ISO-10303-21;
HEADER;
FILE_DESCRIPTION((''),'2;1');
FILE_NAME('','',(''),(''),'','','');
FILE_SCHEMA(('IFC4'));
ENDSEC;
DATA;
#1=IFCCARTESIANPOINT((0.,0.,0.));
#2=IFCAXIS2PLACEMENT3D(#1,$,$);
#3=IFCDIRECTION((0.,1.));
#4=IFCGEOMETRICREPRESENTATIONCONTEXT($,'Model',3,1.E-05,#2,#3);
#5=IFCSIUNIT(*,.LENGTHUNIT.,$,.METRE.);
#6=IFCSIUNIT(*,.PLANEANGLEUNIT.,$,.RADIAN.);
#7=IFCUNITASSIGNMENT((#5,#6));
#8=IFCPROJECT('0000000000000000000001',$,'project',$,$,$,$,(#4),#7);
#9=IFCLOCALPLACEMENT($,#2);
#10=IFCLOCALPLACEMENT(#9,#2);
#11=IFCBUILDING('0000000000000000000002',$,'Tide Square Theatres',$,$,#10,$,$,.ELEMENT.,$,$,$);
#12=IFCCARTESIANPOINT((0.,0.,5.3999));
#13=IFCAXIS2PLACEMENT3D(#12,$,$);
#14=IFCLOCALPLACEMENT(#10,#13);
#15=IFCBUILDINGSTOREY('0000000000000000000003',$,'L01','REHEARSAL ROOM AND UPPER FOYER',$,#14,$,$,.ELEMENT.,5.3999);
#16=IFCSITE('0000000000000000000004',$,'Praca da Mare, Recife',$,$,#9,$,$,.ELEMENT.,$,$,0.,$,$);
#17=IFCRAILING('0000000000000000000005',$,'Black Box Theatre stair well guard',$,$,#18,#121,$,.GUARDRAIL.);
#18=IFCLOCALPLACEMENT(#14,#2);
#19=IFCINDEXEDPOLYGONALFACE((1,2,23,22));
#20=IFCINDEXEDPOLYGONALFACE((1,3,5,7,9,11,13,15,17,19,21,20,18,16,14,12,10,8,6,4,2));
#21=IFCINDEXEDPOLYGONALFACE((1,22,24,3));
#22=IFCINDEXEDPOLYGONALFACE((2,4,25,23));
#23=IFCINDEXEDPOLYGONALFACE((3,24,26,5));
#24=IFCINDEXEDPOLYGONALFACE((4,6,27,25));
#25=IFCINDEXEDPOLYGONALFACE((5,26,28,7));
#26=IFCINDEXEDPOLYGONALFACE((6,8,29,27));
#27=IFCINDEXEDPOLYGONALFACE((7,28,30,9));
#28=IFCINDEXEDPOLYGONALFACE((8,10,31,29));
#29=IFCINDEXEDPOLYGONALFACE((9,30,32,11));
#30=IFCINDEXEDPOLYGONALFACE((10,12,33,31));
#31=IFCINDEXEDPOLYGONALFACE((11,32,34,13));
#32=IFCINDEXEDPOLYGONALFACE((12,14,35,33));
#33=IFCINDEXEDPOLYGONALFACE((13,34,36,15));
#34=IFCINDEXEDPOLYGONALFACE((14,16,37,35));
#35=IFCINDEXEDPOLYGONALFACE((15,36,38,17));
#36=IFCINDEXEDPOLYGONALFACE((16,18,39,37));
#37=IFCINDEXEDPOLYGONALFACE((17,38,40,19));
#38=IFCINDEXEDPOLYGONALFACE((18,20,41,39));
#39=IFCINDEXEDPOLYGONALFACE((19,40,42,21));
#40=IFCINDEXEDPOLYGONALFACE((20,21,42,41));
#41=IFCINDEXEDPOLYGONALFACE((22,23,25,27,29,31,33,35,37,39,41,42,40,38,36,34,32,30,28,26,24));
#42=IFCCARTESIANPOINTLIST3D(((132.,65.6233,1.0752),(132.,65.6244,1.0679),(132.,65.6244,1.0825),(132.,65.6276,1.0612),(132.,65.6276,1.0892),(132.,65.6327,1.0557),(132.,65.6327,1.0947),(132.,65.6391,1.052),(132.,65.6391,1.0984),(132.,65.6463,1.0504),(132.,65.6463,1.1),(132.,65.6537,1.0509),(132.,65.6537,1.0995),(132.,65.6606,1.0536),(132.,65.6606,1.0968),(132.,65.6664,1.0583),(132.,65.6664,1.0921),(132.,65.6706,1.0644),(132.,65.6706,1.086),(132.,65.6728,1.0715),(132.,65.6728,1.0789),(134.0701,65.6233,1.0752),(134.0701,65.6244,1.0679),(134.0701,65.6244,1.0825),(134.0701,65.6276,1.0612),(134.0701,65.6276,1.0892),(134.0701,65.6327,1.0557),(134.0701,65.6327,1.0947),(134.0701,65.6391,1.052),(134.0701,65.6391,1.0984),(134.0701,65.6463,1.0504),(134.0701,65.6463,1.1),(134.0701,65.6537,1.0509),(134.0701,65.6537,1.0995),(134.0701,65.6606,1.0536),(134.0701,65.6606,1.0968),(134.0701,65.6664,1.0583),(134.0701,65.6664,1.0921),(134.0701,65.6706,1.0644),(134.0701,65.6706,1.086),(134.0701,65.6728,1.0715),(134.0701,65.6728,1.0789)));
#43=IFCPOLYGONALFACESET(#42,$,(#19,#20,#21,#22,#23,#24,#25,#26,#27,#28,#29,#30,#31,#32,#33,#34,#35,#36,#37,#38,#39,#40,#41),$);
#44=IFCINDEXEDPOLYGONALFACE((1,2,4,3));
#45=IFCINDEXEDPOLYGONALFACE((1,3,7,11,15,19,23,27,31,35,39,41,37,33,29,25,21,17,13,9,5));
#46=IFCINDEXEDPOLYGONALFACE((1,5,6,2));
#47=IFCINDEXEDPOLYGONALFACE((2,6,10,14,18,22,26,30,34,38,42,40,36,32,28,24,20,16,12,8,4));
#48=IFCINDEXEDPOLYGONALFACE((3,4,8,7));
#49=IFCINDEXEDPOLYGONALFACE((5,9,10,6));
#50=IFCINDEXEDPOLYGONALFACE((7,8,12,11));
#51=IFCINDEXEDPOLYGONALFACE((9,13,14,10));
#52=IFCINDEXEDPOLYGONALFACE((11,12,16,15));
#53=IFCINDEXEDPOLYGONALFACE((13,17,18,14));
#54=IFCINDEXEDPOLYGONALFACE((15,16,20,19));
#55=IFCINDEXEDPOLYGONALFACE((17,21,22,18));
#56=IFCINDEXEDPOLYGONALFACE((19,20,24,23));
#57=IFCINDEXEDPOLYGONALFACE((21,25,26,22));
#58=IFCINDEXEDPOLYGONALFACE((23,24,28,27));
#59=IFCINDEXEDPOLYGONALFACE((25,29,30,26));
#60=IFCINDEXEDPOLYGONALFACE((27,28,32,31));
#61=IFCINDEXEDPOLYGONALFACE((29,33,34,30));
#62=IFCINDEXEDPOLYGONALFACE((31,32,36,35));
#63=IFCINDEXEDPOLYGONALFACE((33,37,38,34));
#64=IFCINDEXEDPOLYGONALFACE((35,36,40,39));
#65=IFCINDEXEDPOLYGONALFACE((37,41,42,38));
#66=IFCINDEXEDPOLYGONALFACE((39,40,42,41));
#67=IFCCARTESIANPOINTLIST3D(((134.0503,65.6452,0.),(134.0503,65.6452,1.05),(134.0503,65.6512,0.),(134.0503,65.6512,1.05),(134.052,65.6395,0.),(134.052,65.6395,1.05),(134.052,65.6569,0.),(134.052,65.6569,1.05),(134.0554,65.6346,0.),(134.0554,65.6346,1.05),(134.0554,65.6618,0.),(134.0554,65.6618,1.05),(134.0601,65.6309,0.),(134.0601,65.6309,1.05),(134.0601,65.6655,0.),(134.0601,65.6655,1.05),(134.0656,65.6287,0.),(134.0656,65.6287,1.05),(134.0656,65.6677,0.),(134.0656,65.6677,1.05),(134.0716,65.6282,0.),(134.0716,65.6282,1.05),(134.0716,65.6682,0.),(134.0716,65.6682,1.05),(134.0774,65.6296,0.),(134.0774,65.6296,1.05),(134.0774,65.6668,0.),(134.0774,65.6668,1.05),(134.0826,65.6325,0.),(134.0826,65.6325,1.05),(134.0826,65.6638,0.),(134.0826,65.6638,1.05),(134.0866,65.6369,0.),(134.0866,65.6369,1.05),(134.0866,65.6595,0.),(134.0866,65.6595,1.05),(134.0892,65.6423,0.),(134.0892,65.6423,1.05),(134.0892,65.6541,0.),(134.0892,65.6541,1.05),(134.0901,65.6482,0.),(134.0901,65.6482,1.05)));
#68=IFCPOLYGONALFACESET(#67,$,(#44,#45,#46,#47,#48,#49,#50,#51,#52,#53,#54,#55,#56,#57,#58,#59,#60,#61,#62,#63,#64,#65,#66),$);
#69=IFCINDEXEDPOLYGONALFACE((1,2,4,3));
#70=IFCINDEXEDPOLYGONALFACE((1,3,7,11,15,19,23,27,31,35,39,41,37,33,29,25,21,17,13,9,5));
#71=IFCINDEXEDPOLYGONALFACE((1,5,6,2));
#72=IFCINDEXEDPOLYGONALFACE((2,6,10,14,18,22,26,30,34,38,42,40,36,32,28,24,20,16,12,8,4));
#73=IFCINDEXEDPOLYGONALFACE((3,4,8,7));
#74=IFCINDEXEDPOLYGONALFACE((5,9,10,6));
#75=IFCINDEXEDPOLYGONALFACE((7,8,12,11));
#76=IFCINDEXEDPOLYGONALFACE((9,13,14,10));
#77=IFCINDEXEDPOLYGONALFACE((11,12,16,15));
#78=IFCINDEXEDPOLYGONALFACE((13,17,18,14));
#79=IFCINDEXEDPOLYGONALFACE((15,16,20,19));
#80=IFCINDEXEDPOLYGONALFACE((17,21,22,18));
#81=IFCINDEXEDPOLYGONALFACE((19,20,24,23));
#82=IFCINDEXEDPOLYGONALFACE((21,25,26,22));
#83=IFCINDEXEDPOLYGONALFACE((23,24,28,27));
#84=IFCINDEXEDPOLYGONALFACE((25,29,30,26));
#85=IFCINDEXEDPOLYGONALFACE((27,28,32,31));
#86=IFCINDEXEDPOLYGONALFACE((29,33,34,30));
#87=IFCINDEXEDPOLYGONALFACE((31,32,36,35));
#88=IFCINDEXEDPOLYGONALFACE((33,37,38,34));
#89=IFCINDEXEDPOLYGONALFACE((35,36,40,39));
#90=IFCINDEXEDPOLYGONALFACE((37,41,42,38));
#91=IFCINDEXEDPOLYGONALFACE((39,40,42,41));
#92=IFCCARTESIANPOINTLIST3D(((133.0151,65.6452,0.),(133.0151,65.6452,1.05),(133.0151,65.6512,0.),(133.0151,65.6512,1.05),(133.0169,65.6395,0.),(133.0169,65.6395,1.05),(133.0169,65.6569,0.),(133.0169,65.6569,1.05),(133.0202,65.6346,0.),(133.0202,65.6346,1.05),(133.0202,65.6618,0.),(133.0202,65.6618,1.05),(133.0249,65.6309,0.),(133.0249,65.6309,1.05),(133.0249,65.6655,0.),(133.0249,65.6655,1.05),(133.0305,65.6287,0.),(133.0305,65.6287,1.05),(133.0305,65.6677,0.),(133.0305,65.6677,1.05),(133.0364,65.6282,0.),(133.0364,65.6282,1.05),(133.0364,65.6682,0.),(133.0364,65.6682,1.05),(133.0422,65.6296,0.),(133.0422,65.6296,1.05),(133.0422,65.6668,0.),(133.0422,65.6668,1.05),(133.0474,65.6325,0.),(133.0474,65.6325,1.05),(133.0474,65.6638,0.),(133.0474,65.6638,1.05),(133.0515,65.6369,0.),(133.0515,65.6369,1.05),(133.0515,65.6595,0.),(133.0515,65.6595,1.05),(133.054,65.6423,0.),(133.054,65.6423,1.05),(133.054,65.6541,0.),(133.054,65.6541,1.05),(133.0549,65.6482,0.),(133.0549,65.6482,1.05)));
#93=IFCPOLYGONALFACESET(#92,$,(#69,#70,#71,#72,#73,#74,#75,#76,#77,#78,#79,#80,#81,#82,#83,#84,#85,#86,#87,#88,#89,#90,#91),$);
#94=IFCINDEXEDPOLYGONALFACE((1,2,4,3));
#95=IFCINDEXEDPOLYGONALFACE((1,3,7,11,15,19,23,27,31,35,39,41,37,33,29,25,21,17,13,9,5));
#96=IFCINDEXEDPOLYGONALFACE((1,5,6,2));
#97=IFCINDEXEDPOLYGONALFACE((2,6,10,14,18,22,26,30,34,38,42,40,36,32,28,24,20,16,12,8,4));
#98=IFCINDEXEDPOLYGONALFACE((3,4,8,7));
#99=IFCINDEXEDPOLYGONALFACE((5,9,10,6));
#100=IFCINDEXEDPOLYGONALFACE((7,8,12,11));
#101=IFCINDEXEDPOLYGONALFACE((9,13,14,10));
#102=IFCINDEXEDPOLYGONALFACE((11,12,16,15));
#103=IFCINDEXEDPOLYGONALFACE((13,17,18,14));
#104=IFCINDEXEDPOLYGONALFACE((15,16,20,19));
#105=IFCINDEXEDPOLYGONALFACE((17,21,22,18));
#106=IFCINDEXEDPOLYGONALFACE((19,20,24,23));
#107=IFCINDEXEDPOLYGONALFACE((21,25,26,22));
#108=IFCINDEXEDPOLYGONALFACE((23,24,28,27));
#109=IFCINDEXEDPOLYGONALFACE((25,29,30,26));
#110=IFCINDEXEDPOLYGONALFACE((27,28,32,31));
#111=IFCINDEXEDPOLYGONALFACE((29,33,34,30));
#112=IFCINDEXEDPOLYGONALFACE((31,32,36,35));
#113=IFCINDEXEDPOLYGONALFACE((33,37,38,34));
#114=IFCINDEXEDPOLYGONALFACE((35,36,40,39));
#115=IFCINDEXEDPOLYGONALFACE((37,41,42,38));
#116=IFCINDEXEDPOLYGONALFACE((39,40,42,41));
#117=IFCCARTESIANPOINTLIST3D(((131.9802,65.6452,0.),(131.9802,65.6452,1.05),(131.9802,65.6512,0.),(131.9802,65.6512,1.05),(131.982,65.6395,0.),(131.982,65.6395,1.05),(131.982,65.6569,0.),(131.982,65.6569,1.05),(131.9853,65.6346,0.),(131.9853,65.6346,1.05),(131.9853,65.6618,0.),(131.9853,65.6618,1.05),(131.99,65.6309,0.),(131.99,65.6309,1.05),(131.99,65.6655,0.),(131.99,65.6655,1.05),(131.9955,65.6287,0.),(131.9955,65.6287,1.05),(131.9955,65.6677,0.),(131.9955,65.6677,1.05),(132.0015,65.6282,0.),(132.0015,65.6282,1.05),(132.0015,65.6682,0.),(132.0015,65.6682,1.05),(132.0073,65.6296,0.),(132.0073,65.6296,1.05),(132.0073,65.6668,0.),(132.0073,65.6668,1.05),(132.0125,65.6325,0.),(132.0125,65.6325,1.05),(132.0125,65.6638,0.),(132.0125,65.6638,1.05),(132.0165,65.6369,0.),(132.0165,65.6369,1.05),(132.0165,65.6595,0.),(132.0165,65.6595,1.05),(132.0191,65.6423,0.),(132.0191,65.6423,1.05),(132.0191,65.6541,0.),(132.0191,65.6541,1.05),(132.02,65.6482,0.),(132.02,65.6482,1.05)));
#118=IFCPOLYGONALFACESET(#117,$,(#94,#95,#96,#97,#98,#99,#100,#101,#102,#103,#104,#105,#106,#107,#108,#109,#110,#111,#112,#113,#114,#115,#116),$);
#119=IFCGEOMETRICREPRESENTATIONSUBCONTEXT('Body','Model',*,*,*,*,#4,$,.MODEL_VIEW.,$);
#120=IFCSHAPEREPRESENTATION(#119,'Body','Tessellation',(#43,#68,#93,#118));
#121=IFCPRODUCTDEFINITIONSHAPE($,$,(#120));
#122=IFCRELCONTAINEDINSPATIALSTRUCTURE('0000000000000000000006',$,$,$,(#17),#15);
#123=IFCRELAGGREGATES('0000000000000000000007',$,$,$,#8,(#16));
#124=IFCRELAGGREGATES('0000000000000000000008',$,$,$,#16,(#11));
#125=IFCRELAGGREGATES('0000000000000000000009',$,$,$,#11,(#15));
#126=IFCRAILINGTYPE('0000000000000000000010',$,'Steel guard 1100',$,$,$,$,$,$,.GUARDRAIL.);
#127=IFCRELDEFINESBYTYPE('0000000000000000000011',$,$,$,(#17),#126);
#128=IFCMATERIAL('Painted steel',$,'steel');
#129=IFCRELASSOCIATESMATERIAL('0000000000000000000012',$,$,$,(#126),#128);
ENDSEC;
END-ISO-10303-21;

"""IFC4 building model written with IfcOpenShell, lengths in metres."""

from ifc_helpers import new_model, si_unit, direction, frame, origin, origin_2d, place, context, subcontext, project, spatial, circle, extrude, material, type_object, element, save


model = new_model("IFC4")

# Units and contexts
model_context = context("Model", 3, precision=1e-05, world=origin(), true_north=direction((0.0, 1.0)))
body_context = subcontext(model_context, "Body", "Model", "MODEL_VIEW")
ifc_project = project(units=[si_unit("LENGTHUNIT", "METRE"), si_unit("PLANEANGLEUNIT", "RADIAN")], contexts=[model_context])

# Site, building, storey
site_placement = place(None, origin())
site = spatial("IfcSite", under=ifc_project, at=site_placement, Name="Praca da Mare, Recife", CompositionType="ELEMENT", RefElevation=0.0)
building_placement = place(site_placement, origin())
building = spatial("IfcBuilding", under=site, at=building_placement, Name="Tide Square Theatres", CompositionType="ELEMENT")
storey_placement = place(building_placement, frame((0.0, 0.0, 5.3999)))
storey = spatial("IfcBuildingStorey", under=building, at=storey_placement, Name="L01", Description="REHEARSAL ROOM AND UPPER FOYER", CompositionType="ELEMENT", Elevation=5.3999)

# Railing
ifc_material_1 = material(Name="Painted steel", Category="steel")
railing_type = type_object("IfcRailingType", Name="Steel guard 1100", PredefinedType="GUARDRAIL", material=ifc_material_1)
railing_1_placement = place(storey_placement, frame((134.0701, 65.6482, 0.0)))
element("IfcRailing", 1, at=railing_1_placement, inside=storey, type_object=railing_type, Name="Black Box Theatre stair well guard", PredefinedType="GUARDRAIL", context=body_context, shape_type="SweptSolid", body=[
    extrude(circle(Radius=0.0249, at=origin_2d()), frame((0.0, 0.0, 1.0752), z_axis=(-1.0, 0.0, 0.0), x_axis=(0.0, -1.0, 0.0)), (0.0, 0.0, 1.0), 2.0701),
    extrude(circle(Radius=0.02, at=origin_2d()), origin(), (0.0, 0.0, 1.0), 1.05),
    extrude(circle(Radius=0.02, at=origin_2d()), frame((-1.0352, 0.0, 0.0)), (0.0, 0.0, 1.0), 1.05),
    extrude(circle(Radius=0.02, at=origin_2d()), frame((-2.0701, 0.0, 0.0)), (0.0, 0.0, 1.0), 1.05),
])

save(model, "model.ifc")
